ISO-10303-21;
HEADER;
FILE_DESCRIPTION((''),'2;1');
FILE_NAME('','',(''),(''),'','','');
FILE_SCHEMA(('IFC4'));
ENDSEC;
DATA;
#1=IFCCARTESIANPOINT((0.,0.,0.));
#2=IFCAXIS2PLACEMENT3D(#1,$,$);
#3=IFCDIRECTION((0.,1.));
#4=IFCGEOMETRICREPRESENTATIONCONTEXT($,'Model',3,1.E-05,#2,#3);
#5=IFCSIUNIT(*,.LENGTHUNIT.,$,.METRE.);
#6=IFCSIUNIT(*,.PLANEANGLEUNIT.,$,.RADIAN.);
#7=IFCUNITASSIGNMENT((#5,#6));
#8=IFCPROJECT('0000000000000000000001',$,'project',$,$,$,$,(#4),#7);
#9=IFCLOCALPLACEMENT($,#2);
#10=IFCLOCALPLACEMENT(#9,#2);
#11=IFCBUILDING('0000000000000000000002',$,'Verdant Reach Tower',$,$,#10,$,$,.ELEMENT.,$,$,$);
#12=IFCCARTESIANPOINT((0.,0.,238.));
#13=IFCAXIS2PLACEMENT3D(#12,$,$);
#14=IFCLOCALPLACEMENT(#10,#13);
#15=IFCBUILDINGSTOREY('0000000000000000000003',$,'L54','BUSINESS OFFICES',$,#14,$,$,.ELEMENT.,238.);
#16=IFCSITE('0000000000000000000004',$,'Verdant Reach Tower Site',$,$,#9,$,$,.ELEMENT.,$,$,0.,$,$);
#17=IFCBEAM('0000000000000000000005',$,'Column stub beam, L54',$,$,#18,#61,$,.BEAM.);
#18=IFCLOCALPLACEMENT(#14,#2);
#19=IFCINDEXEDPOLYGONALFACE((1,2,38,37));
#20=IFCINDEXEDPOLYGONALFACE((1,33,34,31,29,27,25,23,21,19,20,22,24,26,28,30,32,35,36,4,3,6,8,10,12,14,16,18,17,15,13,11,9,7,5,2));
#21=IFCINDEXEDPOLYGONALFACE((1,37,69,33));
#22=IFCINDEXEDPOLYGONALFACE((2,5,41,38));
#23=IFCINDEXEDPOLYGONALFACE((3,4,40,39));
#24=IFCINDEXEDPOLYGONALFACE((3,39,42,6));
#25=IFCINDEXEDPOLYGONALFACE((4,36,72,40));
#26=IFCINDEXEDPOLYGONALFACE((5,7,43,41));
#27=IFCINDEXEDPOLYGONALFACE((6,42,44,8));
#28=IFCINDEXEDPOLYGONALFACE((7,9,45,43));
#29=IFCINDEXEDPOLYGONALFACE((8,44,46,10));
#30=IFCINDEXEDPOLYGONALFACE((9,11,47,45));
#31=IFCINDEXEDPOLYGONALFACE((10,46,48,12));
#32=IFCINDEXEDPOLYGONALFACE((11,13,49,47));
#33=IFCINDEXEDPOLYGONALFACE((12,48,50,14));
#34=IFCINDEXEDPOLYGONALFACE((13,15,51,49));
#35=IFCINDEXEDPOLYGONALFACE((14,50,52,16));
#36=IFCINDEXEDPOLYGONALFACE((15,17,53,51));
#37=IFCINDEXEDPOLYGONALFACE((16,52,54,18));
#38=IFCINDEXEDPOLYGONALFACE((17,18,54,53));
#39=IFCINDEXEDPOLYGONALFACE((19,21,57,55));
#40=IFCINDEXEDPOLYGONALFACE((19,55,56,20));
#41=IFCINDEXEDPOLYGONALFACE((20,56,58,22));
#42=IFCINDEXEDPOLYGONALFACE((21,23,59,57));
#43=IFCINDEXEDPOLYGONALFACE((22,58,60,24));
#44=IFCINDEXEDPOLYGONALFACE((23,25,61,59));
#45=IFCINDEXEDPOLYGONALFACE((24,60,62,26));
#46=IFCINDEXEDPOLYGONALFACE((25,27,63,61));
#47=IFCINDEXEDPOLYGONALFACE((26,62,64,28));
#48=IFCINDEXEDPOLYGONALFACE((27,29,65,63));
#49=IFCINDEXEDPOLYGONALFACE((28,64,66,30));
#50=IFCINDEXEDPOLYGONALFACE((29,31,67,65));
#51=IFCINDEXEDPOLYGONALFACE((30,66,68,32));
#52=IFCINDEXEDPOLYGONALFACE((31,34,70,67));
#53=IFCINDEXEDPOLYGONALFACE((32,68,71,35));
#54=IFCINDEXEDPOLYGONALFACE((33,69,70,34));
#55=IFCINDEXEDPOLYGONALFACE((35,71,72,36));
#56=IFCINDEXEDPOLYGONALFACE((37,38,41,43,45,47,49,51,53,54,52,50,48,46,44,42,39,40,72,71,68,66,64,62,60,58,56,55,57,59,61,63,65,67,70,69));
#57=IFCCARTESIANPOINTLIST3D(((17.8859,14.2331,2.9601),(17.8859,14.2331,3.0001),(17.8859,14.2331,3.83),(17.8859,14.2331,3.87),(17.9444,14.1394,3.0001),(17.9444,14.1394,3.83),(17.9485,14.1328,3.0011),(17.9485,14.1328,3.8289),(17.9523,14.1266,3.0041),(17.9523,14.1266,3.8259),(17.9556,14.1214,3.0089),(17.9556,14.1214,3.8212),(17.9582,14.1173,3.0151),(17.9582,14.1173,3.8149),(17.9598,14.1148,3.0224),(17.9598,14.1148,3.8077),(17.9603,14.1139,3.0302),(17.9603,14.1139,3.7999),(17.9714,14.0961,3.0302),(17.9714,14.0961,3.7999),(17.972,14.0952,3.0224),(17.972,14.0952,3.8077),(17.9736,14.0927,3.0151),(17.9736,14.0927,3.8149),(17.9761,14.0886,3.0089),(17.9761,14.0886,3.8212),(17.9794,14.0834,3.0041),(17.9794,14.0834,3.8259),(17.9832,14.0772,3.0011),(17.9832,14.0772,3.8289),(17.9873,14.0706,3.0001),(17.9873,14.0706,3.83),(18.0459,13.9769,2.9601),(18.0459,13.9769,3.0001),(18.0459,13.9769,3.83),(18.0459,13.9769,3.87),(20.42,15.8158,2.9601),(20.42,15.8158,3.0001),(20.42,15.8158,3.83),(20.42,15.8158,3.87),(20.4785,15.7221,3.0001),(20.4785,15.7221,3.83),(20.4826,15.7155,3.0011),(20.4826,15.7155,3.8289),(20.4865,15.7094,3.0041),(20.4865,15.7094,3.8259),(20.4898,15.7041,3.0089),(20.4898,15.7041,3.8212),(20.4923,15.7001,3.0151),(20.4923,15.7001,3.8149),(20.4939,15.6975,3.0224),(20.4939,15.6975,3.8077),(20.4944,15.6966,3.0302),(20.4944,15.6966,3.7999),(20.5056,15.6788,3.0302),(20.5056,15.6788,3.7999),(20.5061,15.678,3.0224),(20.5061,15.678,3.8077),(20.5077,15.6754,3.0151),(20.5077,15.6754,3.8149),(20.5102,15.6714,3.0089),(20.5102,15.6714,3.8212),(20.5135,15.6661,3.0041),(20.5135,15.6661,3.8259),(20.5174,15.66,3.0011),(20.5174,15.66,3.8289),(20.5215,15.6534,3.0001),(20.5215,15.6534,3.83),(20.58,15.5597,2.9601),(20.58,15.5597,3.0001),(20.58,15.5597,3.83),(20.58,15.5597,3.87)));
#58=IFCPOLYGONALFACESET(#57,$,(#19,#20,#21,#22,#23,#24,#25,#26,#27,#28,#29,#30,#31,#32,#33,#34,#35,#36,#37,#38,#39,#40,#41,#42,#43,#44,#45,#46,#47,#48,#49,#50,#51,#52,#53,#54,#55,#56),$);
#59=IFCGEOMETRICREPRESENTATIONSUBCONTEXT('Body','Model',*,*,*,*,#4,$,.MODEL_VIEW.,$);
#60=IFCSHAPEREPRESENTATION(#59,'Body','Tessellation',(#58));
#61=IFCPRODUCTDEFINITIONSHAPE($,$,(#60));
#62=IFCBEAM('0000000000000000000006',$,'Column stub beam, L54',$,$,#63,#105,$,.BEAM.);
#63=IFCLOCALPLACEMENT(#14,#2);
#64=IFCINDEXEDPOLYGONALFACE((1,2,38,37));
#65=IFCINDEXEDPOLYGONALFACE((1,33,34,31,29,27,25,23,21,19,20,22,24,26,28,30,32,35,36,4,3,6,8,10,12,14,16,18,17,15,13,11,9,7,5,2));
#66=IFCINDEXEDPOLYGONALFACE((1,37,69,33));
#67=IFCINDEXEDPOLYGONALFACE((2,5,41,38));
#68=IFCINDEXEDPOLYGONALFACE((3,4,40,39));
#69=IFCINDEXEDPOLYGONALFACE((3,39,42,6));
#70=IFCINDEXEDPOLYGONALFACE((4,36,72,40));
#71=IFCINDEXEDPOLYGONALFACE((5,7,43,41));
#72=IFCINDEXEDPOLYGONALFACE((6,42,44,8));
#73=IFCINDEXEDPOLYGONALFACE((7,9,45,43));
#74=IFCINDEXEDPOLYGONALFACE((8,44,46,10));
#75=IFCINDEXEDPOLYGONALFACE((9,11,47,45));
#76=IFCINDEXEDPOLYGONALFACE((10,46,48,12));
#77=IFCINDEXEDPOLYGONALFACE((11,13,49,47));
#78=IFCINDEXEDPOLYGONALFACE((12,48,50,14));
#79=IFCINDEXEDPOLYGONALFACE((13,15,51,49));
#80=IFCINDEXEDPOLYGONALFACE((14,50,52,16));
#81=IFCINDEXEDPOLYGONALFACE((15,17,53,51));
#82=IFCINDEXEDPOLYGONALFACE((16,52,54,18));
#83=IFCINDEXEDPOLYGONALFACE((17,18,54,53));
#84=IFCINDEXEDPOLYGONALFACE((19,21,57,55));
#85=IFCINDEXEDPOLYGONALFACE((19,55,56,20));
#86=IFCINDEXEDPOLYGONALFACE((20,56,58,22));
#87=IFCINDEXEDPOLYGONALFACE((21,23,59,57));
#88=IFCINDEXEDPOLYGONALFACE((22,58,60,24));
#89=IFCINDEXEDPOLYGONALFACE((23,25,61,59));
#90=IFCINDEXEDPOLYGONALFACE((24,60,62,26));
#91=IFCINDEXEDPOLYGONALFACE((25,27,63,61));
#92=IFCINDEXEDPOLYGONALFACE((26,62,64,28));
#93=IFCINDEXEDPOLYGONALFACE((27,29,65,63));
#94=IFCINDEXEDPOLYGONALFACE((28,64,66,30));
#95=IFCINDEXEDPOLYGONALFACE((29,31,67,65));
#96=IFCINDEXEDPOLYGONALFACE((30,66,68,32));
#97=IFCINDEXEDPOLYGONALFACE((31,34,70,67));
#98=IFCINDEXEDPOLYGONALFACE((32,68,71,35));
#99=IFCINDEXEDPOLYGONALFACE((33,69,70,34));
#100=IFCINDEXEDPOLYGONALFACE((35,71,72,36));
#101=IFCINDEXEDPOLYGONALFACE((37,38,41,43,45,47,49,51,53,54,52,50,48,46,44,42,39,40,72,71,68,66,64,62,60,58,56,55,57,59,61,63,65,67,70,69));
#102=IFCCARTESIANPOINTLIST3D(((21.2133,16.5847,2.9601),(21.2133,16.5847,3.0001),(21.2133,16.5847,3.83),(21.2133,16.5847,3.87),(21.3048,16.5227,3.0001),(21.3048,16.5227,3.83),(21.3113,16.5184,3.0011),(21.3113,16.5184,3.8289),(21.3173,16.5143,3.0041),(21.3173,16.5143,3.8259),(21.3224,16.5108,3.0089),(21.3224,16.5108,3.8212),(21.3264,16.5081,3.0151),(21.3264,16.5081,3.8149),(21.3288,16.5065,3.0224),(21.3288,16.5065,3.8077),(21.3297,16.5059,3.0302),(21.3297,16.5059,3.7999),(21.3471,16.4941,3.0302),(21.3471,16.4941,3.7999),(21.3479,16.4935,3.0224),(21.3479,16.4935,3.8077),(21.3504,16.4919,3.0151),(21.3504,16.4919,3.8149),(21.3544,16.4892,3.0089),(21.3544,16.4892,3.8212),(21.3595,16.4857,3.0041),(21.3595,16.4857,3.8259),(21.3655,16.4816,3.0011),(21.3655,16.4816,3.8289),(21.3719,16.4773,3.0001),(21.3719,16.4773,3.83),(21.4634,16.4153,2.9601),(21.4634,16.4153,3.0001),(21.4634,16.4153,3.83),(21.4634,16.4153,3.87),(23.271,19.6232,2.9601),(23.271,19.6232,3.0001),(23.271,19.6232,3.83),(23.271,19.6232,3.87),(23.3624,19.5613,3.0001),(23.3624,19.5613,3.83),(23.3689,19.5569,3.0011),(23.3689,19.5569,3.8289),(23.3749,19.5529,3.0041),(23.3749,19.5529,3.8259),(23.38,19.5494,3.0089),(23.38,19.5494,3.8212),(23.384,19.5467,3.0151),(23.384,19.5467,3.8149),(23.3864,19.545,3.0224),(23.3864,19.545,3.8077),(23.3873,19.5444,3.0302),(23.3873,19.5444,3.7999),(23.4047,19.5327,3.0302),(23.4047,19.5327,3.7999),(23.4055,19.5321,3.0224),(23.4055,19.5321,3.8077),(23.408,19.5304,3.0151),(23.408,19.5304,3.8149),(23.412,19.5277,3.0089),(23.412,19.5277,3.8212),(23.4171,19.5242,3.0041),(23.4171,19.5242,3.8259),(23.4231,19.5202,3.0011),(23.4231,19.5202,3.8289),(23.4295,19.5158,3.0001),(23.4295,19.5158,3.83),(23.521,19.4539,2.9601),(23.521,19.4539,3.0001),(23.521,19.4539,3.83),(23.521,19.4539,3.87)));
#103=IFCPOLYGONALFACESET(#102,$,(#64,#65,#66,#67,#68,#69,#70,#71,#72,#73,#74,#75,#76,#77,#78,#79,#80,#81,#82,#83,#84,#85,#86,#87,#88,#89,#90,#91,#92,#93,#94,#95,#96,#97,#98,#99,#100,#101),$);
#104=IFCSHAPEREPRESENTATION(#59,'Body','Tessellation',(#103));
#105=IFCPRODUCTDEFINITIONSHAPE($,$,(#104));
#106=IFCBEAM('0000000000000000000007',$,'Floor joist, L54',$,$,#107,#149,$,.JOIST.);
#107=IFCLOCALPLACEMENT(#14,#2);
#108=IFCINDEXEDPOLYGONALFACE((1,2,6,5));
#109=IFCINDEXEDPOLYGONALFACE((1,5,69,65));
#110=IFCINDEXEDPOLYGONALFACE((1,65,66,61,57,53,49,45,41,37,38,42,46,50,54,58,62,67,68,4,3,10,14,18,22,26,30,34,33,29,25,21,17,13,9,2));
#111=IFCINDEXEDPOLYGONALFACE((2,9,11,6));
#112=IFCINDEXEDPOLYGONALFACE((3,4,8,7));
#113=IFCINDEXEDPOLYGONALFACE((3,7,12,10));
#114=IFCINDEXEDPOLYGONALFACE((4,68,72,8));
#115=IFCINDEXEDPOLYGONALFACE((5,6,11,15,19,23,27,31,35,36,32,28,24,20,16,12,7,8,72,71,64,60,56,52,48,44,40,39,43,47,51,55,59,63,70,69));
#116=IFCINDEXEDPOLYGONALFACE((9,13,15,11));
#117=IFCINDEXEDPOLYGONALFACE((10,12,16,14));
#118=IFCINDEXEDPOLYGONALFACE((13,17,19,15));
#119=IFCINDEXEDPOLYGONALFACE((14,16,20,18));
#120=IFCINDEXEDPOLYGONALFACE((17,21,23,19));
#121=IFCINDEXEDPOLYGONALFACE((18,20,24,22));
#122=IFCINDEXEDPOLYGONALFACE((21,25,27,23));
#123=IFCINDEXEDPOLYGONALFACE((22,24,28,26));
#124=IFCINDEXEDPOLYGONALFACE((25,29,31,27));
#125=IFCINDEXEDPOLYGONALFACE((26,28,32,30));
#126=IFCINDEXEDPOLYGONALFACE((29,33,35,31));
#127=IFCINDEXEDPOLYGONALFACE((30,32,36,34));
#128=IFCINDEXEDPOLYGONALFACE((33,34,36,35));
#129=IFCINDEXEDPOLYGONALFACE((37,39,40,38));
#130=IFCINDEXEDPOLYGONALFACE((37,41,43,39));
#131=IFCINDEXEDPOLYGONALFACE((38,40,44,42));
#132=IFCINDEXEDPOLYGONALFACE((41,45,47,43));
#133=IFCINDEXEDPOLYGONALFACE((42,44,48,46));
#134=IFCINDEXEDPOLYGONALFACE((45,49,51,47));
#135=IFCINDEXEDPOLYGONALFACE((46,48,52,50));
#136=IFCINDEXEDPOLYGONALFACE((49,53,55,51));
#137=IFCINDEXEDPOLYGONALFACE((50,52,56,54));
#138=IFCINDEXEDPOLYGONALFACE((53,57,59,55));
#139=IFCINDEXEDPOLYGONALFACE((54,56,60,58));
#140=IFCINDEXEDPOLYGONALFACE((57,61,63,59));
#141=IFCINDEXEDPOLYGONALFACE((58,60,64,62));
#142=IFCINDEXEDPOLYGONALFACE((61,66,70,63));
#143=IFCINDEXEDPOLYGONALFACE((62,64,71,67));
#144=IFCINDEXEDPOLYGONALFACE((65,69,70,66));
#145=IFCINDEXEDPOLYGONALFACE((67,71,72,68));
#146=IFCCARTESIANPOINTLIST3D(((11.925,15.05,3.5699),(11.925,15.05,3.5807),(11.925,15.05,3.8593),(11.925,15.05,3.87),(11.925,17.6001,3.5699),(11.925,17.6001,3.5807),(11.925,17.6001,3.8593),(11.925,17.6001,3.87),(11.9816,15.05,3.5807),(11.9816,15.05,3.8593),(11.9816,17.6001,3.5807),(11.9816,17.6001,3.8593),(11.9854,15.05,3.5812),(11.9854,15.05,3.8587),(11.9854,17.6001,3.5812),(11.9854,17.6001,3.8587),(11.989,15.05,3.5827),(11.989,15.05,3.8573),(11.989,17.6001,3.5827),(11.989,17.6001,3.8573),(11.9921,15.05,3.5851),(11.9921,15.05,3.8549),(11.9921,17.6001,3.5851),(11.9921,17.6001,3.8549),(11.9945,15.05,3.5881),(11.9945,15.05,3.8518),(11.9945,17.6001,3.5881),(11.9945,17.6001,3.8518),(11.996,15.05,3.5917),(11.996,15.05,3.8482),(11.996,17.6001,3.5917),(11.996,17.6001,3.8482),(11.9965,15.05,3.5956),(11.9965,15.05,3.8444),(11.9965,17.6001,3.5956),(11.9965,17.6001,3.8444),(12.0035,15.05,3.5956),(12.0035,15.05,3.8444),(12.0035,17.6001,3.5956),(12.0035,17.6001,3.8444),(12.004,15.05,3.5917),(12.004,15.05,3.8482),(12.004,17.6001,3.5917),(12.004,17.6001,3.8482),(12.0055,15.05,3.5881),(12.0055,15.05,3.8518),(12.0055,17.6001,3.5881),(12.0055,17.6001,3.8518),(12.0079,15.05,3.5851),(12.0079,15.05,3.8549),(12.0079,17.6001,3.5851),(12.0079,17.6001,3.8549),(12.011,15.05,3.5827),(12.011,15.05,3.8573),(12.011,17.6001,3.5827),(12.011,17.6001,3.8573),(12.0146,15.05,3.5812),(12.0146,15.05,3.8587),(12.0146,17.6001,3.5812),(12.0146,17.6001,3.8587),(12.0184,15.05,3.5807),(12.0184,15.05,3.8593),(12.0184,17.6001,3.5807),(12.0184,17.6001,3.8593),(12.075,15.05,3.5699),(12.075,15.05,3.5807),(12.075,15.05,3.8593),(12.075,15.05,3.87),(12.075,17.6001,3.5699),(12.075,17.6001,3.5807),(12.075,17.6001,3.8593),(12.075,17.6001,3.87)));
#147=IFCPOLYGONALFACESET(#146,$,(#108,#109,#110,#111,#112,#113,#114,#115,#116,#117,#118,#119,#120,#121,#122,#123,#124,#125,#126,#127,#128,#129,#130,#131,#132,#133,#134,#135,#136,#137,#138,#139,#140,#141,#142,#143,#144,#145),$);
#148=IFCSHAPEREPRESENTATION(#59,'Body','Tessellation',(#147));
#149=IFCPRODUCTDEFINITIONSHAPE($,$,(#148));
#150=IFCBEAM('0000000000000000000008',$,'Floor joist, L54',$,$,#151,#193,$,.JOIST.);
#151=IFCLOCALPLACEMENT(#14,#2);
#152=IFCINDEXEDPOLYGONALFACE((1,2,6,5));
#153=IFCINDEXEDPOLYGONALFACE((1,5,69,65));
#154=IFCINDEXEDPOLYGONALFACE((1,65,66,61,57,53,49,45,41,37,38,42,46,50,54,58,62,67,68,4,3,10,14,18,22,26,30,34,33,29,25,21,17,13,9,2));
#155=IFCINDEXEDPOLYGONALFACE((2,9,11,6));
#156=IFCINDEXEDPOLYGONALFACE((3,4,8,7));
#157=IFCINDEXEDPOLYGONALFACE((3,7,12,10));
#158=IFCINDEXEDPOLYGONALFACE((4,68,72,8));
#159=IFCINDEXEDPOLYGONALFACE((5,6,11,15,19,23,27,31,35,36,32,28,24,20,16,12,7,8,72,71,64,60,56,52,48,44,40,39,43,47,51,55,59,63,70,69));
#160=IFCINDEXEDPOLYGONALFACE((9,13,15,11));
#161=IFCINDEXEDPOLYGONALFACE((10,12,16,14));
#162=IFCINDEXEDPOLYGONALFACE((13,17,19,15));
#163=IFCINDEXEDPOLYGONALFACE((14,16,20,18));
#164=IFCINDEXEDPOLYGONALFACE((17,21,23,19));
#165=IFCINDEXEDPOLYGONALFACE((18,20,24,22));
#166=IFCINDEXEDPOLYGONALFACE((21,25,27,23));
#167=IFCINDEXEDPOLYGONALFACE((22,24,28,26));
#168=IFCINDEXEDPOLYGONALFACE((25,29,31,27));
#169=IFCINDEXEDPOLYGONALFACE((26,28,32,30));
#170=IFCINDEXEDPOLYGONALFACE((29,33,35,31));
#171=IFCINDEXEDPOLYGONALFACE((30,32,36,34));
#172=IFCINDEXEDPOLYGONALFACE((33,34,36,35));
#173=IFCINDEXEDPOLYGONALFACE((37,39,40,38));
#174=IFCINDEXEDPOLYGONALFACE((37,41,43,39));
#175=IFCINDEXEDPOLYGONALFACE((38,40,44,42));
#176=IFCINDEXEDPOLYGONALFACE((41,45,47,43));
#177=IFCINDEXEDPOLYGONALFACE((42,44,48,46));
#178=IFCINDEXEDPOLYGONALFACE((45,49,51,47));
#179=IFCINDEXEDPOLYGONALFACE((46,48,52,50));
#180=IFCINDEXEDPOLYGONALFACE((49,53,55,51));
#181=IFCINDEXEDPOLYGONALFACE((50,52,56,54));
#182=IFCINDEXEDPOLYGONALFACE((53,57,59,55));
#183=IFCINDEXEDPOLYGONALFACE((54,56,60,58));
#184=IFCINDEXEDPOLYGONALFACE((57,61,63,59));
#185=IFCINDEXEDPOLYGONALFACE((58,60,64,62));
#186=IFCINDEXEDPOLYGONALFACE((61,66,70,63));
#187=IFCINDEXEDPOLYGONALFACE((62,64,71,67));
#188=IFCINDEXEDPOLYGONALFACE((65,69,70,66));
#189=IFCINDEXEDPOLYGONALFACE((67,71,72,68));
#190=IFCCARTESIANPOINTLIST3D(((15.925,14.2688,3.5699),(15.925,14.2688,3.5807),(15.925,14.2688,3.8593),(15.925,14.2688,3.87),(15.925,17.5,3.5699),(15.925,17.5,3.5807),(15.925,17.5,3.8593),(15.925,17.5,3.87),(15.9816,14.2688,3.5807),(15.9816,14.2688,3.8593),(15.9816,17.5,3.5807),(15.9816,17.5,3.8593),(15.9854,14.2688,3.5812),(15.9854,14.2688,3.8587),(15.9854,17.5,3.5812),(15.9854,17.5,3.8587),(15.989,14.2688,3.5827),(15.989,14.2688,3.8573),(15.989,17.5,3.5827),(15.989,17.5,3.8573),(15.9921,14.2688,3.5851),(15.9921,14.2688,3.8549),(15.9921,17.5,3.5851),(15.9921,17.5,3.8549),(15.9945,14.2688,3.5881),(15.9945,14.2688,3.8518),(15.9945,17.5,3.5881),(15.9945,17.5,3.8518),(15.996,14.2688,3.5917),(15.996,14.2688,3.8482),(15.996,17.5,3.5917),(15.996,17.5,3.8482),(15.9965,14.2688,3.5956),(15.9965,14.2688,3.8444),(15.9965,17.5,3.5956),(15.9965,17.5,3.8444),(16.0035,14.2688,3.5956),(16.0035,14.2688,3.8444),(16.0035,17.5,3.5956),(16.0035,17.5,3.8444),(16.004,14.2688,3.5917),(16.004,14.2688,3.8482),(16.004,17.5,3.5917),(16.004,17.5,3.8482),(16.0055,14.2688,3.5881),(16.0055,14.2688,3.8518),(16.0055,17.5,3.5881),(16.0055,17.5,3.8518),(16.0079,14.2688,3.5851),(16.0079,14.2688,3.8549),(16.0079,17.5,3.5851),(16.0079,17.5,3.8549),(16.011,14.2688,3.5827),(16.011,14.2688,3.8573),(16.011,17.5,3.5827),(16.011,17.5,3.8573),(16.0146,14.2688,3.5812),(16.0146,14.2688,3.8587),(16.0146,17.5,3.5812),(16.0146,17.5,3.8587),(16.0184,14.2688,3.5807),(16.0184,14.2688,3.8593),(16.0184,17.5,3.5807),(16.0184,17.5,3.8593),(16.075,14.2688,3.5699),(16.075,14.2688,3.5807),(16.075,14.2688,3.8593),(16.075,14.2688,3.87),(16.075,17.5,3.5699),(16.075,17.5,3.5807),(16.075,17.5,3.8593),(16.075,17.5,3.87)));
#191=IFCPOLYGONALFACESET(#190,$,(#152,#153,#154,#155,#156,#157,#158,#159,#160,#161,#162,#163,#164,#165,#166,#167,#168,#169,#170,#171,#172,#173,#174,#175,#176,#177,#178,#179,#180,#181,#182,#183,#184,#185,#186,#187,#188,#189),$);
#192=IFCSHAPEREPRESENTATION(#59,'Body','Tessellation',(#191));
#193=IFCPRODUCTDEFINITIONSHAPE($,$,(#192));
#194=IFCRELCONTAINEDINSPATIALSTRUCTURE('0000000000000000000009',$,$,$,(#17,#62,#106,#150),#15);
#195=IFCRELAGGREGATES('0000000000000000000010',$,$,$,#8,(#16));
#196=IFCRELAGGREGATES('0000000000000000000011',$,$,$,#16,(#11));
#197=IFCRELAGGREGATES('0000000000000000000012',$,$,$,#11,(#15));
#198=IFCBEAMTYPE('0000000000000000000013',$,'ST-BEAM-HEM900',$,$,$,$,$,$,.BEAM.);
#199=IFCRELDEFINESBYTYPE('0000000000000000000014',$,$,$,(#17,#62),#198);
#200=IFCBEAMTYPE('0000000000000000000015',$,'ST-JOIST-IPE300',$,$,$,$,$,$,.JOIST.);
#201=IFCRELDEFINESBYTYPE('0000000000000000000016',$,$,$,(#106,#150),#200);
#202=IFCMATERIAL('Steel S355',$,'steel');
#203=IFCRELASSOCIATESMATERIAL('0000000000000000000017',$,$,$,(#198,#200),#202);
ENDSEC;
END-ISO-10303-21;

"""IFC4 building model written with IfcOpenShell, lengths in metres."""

from ifc_helpers import new_model, si_unit, direction, frame, origin, origin_2d, place, context, subcontext, project, spatial, i_section, extrude, material, material_profile, profile_set, type_object, element, save


model = new_model("IFC4")

# Units and contexts
model_context = context("Model", 3, precision=1e-05, world=origin(), true_north=direction((0.0, 1.0)))
body_context = subcontext(model_context, "Body", "Model", "MODEL_VIEW")
ifc_project = project(units=[si_unit("LENGTHUNIT", "METRE"), si_unit("PLANEANGLEUNIT", "RADIAN")], contexts=[model_context])

# Site, building, storey
site_placement = place(None, origin())
site = spatial("IfcSite", under=ifc_project, at=site_placement, Name="Verdant Reach Tower Site", CompositionType="ELEMENT", RefElevation=0.0)
building_placement = place(site_placement, origin())
building = spatial("IfcBuilding", under=site, at=building_placement, Name="Verdant Reach Tower", CompositionType="ELEMENT")
storey_placement = place(building_placement, frame((0.0, 0.0, 238.0)))
storey = spatial("IfcBuildingStorey", under=building, at=storey_placement, Name="L54", Description="BUSINESS OFFICES", CompositionType="ELEMENT", Elevation=238.0)

# Beams
ifc_material_1 = material(Name="Steel S355", Category="steel")
ifc_material_profile_1 = material_profile(ifc_material_1, i_section(OverallWidth=0.302, OverallDepth=0.9099, WebThickness=0.021, FlangeThickness=0.04, FilletRadius=0.03, at=origin_2d()), Name="HEM 900")
ifc_profile_set_1 = profile_set([ifc_material_profile_1], Name="Steel S355")
beam_type_1 = type_object("IfcBeamType", Name="ST-BEAM-HEM900", PredefinedType="BEAM", material=ifc_profile_set_1)
beam_1_placement = place(storey_placement, frame((20.5, 15.6877, 3.415), z_axis=(-0.848164, -0.529735, 0.0), x_axis=(0.529735, -0.848164, 0.0)))
element("IfcBeam", 1, at=beam_1_placement, inside=storey, type_object=beam_type_1, Name="Column stub beam, L54", PredefinedType="BEAM", context=body_context, shape_type="SweptSolid", body=[
    extrude(i_section(OverallWidth=0.302, OverallDepth=0.9099, WebThickness=0.021, FlangeThickness=0.04, FilletRadius=0.03, at=origin_2d()), origin(), (0.0, 0.0, 1.0), 2.9878),
])
beam_2_placement = place(storey_placement, frame((21.3384, 16.5, 3.415), z_axis=(0.560704, 0.828016, 0.0), x_axis=(-0.828016, 0.560704, 0.0)))
element("IfcBeam", 2, at=beam_2_placement, inside=storey, type_object=beam_type_1, Name="Column stub beam, L54", PredefinedType="BEAM", context=body_context, shape_type="SweptSolid", body=[
    extrude(i_section(OverallWidth=0.302, OverallDepth=0.9099, WebThickness=0.021, FlangeThickness=0.04, FilletRadius=0.03, at=origin_2d()), origin(), (0.0, 0.0, 1.0), 3.6697),
])
ifc_material_profile_2 = material_profile(ifc_material_1, i_section(OverallWidth=0.1499, OverallDepth=0.3, WebThickness=0.0071, FlangeThickness=0.0107, FilletRadius=0.0149, at=origin_2d()), Name="IPE 300")
ifc_profile_set_2 = profile_set([ifc_material_profile_2], Name="Steel S355")
beam_type_2 = type_object("IfcBeamType", Name="ST-JOIST-IPE300", PredefinedType="JOIST", material=ifc_profile_set_2)
beam_3_placement = place(storey_placement, frame((12.0, 17.6001, 3.72), z_axis=(0.0, -1.0, 0.0), x_axis=(1.0, 0.0, 0.0)))
element("IfcBeam", 3, at=beam_3_placement, inside=storey, type_object=beam_type_2, Name="Floor joist, L54", PredefinedType="JOIST", context=body_context, shape_type="SweptSolid", body=[
    extrude(i_section(OverallWidth=0.1499, OverallDepth=0.3, WebThickness=0.0071, FlangeThickness=0.0107, FilletRadius=0.0149, at=origin_2d()), origin(), (0.0, 0.0, 1.0), 2.55),
])
beam_4_placement = place(storey_placement, frame((16.0, 17.5, 3.72), z_axis=(0.0, -1.0, 0.0), x_axis=(1.0, 0.0, 0.0)))
element("IfcBeam", 4, at=beam_4_placement, inside=storey, type_object=beam_type_2, Name="Floor joist, L54", PredefinedType="JOIST", context=body_context, shape_type="SweptSolid", body=[
    extrude(i_section(OverallWidth=0.1499, OverallDepth=0.3, WebThickness=0.0071, FlangeThickness=0.0107, FilletRadius=0.0149, at=origin_2d()), origin(), (0.0, 0.0, 1.0), 3.2312),
])

save(model, "model.ifc")
